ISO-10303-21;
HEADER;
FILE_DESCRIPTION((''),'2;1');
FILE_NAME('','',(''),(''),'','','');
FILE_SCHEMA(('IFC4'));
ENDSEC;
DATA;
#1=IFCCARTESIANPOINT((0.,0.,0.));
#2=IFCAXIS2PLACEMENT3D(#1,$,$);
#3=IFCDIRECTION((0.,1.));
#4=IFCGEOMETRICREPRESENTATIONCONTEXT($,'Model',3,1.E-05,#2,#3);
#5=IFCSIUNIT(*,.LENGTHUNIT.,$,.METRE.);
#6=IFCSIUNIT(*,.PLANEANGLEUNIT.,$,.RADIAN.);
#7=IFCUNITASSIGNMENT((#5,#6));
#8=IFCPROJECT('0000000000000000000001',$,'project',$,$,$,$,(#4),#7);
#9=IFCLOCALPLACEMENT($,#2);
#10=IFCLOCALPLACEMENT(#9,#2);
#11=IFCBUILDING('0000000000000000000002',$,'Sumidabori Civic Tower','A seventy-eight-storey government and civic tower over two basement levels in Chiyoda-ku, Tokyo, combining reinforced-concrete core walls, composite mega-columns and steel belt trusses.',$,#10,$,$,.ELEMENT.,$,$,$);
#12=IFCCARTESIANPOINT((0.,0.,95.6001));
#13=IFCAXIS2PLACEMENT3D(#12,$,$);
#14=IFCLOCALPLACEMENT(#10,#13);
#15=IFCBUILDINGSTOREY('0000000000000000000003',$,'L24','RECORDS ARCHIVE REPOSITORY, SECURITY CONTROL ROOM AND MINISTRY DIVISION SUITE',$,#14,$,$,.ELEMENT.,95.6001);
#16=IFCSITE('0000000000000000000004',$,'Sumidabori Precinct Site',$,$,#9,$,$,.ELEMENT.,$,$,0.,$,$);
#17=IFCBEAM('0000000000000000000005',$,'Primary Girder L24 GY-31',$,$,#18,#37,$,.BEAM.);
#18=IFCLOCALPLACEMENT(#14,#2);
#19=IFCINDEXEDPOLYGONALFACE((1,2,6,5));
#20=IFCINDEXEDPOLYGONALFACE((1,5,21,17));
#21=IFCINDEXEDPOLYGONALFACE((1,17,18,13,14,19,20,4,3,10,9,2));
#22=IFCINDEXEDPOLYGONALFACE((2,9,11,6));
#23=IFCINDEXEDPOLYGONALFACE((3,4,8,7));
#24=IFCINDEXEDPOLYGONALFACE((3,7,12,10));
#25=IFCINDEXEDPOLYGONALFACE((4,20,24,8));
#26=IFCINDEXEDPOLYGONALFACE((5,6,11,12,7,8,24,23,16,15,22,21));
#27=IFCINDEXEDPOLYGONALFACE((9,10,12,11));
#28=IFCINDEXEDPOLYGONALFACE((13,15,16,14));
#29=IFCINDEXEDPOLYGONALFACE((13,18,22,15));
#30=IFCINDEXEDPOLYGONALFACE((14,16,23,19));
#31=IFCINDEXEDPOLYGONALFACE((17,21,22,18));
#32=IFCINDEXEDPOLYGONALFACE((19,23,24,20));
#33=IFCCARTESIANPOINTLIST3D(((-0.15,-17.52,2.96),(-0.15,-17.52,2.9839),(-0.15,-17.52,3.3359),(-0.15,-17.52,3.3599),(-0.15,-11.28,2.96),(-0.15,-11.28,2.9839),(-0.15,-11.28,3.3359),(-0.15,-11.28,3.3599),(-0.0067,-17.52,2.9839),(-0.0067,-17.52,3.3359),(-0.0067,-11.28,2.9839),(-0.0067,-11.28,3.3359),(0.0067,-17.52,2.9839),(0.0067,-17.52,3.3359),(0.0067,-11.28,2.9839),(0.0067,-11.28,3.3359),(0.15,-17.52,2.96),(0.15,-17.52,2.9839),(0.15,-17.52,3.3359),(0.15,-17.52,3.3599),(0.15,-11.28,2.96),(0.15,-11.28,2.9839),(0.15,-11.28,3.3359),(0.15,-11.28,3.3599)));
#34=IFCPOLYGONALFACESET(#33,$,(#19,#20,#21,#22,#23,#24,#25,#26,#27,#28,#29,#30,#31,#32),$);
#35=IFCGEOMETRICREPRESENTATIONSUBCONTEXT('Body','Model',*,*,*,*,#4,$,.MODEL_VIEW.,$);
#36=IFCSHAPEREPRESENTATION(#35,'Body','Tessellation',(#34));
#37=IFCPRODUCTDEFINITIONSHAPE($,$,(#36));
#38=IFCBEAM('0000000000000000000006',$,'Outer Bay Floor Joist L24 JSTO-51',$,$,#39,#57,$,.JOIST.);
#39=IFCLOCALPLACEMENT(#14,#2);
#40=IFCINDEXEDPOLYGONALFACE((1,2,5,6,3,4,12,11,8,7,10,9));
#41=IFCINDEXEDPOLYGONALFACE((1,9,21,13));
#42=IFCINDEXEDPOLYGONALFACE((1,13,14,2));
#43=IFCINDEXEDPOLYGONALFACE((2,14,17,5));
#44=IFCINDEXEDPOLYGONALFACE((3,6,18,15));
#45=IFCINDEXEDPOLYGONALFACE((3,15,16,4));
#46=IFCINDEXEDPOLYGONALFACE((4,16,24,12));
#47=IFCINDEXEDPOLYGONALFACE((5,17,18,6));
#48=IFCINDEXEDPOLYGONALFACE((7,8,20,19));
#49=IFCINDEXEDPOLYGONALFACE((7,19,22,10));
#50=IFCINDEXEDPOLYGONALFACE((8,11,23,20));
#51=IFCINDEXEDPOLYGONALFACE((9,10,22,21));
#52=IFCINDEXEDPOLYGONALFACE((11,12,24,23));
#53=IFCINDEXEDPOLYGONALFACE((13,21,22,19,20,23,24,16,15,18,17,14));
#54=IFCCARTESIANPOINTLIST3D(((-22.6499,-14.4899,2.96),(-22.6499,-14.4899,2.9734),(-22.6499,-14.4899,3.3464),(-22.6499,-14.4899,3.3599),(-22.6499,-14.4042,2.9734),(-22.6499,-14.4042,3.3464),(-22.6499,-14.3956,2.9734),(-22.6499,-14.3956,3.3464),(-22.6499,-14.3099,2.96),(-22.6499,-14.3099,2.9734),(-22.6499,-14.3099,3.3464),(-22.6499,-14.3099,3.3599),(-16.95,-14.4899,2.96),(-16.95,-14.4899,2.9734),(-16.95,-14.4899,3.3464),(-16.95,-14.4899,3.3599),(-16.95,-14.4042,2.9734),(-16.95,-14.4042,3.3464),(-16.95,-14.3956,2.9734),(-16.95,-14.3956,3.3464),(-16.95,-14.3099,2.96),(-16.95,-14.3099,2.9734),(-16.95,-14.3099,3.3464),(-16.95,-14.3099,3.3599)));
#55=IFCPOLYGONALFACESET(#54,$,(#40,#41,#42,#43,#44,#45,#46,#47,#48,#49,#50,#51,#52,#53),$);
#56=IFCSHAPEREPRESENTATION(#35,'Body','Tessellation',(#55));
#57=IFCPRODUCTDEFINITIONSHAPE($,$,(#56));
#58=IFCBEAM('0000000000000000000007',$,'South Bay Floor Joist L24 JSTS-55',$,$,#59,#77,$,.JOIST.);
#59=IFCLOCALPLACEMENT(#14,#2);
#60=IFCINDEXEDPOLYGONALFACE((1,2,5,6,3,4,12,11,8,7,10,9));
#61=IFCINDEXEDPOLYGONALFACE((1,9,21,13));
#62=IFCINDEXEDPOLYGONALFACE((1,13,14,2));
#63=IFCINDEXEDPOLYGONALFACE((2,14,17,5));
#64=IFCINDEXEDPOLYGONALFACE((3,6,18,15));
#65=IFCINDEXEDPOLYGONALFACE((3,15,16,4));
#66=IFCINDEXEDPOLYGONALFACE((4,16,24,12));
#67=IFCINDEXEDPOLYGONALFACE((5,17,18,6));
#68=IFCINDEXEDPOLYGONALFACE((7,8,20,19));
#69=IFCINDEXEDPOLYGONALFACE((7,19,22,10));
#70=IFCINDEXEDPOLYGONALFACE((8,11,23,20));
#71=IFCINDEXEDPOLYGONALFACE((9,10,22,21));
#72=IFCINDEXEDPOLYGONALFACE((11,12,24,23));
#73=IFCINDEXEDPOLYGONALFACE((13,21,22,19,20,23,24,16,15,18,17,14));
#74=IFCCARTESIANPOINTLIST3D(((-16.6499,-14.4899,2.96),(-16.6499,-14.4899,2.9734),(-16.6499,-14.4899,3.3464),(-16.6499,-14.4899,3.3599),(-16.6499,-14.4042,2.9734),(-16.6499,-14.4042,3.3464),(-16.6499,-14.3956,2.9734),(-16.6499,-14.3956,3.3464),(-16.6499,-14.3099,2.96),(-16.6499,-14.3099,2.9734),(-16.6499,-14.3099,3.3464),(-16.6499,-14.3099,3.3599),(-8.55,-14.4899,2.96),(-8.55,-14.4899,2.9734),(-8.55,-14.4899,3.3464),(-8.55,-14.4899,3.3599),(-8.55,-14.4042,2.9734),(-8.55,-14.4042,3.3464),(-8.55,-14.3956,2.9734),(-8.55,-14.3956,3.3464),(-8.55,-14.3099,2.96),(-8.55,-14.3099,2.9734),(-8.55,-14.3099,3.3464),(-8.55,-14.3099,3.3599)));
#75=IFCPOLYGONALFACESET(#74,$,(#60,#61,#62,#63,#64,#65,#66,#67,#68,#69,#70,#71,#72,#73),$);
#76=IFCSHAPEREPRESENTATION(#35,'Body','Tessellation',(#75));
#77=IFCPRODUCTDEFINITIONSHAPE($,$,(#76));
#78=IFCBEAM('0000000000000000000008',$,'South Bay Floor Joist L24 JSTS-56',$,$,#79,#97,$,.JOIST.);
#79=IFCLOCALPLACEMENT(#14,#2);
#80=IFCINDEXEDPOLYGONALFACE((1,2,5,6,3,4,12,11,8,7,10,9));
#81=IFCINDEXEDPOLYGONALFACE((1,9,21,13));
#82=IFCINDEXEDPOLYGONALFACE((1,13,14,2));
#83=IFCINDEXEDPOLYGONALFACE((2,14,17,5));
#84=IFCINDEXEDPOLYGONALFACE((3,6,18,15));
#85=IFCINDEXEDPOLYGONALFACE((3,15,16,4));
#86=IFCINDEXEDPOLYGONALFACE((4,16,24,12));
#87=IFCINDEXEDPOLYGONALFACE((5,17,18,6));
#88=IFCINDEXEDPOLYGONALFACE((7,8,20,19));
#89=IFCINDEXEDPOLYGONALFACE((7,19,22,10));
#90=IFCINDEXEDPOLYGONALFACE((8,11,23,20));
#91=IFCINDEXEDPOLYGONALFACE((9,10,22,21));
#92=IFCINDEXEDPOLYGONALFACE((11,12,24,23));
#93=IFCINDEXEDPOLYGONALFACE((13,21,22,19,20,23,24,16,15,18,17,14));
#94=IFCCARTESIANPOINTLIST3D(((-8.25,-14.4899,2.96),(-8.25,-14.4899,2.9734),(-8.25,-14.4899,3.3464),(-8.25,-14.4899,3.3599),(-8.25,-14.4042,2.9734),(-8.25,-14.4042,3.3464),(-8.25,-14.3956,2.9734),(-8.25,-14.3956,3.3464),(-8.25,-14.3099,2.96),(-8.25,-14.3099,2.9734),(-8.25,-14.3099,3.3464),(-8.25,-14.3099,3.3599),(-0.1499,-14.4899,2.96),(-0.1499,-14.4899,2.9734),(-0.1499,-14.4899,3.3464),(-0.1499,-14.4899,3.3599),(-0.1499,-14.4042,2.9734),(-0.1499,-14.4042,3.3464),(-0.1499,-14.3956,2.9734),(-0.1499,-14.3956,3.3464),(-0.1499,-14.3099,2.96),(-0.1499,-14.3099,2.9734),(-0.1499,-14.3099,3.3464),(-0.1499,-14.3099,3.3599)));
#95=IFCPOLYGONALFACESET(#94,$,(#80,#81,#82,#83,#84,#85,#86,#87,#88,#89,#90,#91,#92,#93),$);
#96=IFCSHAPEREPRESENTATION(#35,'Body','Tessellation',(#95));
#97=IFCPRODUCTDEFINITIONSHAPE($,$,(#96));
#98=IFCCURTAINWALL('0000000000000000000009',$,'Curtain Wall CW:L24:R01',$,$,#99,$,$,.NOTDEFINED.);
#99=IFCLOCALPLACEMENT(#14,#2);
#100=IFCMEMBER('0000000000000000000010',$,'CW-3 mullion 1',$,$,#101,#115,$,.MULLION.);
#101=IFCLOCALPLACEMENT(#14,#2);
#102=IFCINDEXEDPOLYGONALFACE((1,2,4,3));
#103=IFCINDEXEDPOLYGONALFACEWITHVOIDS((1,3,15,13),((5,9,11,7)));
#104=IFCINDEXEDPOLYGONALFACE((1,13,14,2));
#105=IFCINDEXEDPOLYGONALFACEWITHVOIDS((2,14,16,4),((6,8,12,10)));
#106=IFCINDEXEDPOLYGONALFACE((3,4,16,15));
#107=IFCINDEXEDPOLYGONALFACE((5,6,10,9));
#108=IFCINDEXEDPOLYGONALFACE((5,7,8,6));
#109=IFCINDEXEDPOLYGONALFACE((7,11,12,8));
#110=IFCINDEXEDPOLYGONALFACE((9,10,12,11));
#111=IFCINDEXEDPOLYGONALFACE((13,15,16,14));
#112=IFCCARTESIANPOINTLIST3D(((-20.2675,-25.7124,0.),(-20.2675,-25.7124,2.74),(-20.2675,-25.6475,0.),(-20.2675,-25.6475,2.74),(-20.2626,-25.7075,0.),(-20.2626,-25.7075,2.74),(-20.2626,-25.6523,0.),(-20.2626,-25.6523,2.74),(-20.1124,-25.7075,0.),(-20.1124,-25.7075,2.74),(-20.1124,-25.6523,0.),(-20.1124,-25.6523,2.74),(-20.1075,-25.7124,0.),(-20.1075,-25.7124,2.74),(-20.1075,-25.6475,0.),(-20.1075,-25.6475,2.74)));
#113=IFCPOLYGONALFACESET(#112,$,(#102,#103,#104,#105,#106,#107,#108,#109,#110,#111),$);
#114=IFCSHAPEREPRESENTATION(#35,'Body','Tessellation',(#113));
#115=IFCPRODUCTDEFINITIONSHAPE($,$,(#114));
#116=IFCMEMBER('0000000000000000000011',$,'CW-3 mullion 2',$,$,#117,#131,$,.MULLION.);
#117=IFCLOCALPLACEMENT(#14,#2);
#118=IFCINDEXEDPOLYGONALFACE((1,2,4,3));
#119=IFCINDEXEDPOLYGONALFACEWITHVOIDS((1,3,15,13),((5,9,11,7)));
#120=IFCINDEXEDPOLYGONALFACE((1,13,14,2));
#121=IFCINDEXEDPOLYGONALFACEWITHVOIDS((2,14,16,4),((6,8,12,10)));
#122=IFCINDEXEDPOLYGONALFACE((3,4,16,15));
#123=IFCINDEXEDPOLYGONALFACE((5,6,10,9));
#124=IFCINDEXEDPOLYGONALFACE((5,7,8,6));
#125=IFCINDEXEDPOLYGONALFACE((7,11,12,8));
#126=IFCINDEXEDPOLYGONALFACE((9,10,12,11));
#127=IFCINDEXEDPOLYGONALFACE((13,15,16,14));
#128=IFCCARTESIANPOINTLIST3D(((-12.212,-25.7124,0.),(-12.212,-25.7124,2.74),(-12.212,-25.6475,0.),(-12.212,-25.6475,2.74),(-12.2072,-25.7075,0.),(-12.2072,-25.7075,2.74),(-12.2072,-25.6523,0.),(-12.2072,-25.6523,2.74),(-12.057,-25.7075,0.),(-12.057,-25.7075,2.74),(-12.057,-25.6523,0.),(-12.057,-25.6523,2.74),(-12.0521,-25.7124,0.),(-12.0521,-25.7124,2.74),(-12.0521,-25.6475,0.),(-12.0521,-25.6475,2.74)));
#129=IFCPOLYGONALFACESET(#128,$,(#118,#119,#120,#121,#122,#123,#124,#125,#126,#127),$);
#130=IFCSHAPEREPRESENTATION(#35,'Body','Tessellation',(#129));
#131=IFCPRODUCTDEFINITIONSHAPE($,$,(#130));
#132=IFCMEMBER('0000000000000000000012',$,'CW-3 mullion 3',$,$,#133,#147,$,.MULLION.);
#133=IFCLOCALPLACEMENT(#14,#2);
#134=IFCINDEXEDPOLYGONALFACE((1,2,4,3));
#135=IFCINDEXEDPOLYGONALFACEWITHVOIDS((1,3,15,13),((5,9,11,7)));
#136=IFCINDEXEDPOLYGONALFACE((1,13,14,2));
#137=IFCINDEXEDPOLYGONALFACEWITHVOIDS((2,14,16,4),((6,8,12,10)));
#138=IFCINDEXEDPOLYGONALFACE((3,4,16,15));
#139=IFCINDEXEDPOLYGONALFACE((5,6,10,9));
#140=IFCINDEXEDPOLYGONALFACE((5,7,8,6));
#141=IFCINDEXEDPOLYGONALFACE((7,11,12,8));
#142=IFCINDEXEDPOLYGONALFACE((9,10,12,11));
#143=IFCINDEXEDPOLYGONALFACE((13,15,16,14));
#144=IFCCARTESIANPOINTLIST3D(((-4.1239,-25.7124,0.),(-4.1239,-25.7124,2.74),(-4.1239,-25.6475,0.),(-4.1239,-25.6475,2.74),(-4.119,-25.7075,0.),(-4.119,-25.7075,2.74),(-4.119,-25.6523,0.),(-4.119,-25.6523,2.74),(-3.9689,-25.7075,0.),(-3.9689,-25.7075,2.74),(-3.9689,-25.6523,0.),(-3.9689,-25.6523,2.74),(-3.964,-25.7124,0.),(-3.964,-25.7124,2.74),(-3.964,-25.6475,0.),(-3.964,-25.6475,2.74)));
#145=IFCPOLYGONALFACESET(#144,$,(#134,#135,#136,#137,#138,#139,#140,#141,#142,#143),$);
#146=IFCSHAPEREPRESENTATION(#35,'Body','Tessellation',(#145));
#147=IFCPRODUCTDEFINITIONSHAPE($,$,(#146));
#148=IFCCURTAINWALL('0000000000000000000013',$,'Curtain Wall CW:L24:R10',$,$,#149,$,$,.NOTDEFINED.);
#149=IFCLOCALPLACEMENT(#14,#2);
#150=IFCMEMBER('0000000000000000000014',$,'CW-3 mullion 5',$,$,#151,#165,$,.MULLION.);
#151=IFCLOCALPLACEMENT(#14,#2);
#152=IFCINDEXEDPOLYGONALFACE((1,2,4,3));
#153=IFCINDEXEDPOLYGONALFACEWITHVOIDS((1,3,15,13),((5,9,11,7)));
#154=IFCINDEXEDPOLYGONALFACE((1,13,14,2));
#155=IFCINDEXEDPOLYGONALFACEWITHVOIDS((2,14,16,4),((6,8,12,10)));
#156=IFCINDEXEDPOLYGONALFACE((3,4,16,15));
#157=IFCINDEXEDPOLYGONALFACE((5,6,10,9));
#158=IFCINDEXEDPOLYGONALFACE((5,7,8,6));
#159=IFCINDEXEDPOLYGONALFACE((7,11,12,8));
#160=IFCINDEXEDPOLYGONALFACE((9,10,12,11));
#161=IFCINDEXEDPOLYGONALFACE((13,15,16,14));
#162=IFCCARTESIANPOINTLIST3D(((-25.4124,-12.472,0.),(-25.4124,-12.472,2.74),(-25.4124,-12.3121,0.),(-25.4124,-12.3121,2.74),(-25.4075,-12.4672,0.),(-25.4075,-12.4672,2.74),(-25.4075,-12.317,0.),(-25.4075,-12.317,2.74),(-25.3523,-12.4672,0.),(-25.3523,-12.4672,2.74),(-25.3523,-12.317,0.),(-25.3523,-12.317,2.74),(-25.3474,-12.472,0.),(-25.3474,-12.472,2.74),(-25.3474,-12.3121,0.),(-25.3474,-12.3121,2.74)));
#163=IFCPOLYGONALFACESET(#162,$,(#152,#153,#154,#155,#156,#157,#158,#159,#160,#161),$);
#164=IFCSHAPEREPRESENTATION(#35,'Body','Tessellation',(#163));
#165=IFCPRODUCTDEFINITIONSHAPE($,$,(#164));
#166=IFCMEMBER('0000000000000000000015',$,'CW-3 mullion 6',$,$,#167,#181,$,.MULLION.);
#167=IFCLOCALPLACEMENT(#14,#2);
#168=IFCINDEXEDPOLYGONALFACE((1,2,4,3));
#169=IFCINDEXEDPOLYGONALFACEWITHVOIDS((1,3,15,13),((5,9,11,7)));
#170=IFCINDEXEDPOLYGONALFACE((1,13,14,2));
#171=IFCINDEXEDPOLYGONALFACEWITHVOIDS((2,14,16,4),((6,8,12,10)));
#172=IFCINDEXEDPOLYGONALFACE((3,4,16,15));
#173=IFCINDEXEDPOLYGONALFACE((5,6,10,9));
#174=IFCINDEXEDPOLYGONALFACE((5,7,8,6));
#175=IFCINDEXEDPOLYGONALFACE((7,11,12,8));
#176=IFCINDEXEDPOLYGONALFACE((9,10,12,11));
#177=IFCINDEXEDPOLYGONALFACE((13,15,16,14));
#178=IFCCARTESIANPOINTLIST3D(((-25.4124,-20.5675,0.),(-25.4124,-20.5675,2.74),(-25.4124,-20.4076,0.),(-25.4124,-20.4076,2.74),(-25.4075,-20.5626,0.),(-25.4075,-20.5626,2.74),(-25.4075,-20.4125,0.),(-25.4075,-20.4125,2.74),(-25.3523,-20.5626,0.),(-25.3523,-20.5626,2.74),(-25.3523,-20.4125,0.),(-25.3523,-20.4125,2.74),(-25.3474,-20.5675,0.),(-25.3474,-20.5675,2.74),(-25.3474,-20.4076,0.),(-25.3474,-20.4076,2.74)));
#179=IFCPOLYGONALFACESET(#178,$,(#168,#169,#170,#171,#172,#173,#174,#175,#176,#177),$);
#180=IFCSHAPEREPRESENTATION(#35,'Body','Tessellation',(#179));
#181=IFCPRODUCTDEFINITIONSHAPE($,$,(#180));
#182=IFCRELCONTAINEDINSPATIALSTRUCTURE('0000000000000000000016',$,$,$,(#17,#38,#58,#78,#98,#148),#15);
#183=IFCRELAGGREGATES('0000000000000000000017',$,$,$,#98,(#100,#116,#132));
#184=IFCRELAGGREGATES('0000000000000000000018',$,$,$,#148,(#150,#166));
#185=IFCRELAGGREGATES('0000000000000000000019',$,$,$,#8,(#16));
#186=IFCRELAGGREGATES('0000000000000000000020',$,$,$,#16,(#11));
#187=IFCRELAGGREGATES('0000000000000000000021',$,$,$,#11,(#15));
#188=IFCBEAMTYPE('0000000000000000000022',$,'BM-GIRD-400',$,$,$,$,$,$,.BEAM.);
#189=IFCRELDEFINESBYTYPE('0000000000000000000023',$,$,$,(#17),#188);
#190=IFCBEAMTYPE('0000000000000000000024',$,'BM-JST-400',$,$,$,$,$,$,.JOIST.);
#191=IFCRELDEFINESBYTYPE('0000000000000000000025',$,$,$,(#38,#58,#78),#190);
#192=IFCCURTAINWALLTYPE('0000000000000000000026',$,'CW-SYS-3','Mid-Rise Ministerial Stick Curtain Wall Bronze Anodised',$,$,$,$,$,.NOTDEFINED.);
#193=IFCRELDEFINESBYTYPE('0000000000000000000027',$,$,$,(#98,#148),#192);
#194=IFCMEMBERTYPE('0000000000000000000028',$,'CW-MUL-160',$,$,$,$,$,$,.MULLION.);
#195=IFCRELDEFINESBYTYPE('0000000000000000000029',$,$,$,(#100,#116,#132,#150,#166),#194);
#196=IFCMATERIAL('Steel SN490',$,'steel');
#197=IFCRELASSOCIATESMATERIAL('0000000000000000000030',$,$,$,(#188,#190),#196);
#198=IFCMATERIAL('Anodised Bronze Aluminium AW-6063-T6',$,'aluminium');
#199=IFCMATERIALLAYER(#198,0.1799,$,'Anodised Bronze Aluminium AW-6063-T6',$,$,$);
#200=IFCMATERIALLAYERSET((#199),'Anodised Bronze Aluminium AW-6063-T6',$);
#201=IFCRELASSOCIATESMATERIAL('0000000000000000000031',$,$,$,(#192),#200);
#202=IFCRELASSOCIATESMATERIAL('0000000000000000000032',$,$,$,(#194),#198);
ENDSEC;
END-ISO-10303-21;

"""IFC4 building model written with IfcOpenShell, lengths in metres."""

from ifc_helpers import new_model, si_unit, direction, frame, origin, origin_2d, place, context, subcontext, project, spatial, hollow_rectangle, i_section, extrude, source, transform, mapped, material, layer, layer_set, material_profile, profile_set, type_object, element, aggregate, save


model = new_model("IFC4")

# Units and contexts
model_context = context("Model", 3, precision=1e-05, world=origin(), true_north=direction((0.0, 1.0)))
body_context = subcontext(model_context, "Body", "Model", "MODEL_VIEW")
ifc_project = project(units=[si_unit("LENGTHUNIT", "METRE"), si_unit("PLANEANGLEUNIT", "RADIAN")], contexts=[model_context])

# Site, building, storey
site_placement = place(None, origin())
site = spatial("IfcSite", under=ifc_project, at=site_placement, Name="Sumidabori Precinct Site", CompositionType="ELEMENT", RefElevation=0.0)
building_placement = place(site_placement, origin())
building = spatial("IfcBuilding", under=site, at=building_placement, Name="Sumidabori Civic Tower", Description="A seventy-eight-storey government and civic tower over two basement levels in Chiyoda-ku, Tokyo, combining reinforced-concrete core walls, composite mega-columns and steel belt trusses.", CompositionType="ELEMENT")
storey_placement = place(building_placement, frame((0.0, 0.0, 95.6001)))
storey = spatial("IfcBuildingStorey", under=building, at=storey_placement, Name="L24", Description="RECORDS ARCHIVE REPOSITORY, SECURITY CONTROL ROOM AND MINISTRY DIVISION SUITE", CompositionType="ELEMENT", Elevation=95.6001)

# Beams
ifc_material_1 = material(Name="Steel SN490", Category="steel")
ifc_material_profile_1 = material_profile(ifc_material_1, i_section(OverallWidth=0.3, OverallDepth=0.3999, WebThickness=0.0134, FlangeThickness=0.0239, at=origin_2d()), Name="HE 400 B")
ifc_profile_set_1 = profile_set([ifc_material_profile_1], Name="Steel SN490")
beam_type_1 = type_object("IfcBeamType", Name="BM-GIRD-400", PredefinedType="BEAM", material=ifc_profile_set_1)
shared_shape_1 = source(origin(), body_context, "Body", "SweptSolid", [
    extrude(i_section(OverallWidth=0.3, OverallDepth=0.3999, WebThickness=0.0134, FlangeThickness=0.0239, at=origin_2d()), origin(), (0.0, 0.0, 1.0), 6.24),
])
for number, where, z_axis, x_axis, name in (
    (1, (0.0, -17.52, 3.1599), (0.0, 1.0, 0.0), (-1.0, 0.0, 0.0), "Primary Girder L24 GY-31"),
):
    element("IfcBeam", number, at=place(storey_placement, frame(where, z_axis=z_axis, x_axis=x_axis)), inside=storey, type_object=beam_type_1, Name=name, PredefinedType="BEAM", context=body_context, shape_type="MappedRepresentation", body=[
        mapped(shared_shape_1, transform((0.0, 0.0, 0.0), x_axis=(1.0, 0.0, 0.0), y_axis=(0.0, 1.0, 0.0), z_axis=(0.0, 0.0, 1.0), scale=1.0)),
    ])
ifc_material_profile_2 = material_profile(ifc_material_1, i_section(OverallWidth=0.1799, OverallDepth=0.3999, WebThickness=0.0085, FlangeThickness=0.0134, at=origin_2d()), Name="IPE 400")
ifc_profile_set_2 = profile_set([ifc_material_profile_2], Name="Steel SN490")
beam_type_2 = type_object("IfcBeamType", Name="BM-JST-400", PredefinedType="JOIST", material=ifc_profile_set_2)
shared_shape_2 = source(origin(), body_context, "Body", "SweptSolid", [
    extrude(i_section(OverallWidth=0.1799, OverallDepth=0.3999, WebThickness=0.0085, FlangeThickness=0.0134, at=origin_2d()), origin(), (0.0, 0.0, 1.0), 5.7),
])
beam_1_placement = place(storey_placement, frame((-22.6499, -14.3999, 3.1599), z_axis=(1.0, 0.0, 0.0), x_axis=(0.0, 1.0, 0.0)))
element("IfcBeam", 2, at=beam_1_placement, inside=storey, type_object=beam_type_2, Name="Outer Bay Floor Joist L24 JSTO-51", PredefinedType="JOIST", context=body_context, shape_type="MappedRepresentation", body=[
    mapped(shared_shape_2, transform((0.0, 0.0, 0.0), x_axis=(1.0, 0.0, 0.0), y_axis=(0.0, 1.0, 0.0), z_axis=(0.0, 0.0, 1.0), scale=1.0)),
])
shared_shape_3 = source(origin(), body_context, "Body", "SweptSolid", [
    extrude(i_section(OverallWidth=0.1799, OverallDepth=0.3999, WebThickness=0.0085, FlangeThickness=0.0134, at=origin_2d()), origin(), (0.0, 0.0, 1.0), 8.0999),
])
beam_2_placement = place(storey_placement, frame((-16.6499, -14.3999, 3.1599), z_axis=(1.0, 0.0, 0.0), x_axis=(0.0, 1.0, 0.0)))
element("IfcBeam", 3, at=beam_2_placement, inside=storey, type_object=beam_type_2, Name="South Bay Floor Joist L24 JSTS-55", PredefinedType="JOIST", context=body_context, shape_type="MappedRepresentation", body=[
    mapped(shared_shape_3, transform((0.0, 0.0, 0.0), x_axis=(1.0, 0.0, 0.0), y_axis=(0.0, 1.0, 0.0), z_axis=(0.0, 0.0, 1.0), scale=1.0)),
])
shared_shape_4 = source(origin(), body_context, "Body", "SweptSolid", [
    extrude(i_section(OverallWidth=0.1799, OverallDepth=0.3999, WebThickness=0.0085, FlangeThickness=0.0134, at=origin_2d()), origin(), (0.0, 0.0, 1.0), 8.1001),
])
beam_3_placement = place(storey_placement, frame((-8.25, -14.3999, 3.1599), z_axis=(1.0, 0.0, 0.0), x_axis=(0.0, 1.0, 0.0)))
element("IfcBeam", 4, at=beam_3_placement, inside=storey, type_object=beam_type_2, Name="South Bay Floor Joist L24 JSTS-56", PredefinedType="JOIST", context=body_context, shape_type="MappedRepresentation", body=[
    mapped(shared_shape_4, transform((0.0, 0.0, 0.0), x_axis=(1.0, 0.0, 0.0), y_axis=(0.0, 1.0, 0.0), z_axis=(0.0, 0.0, 1.0), scale=1.0)),
])

# Curtain walls, members
ifc_material_2 = material(Name="Anodised Bronze Aluminium AW-6063-T6", Category="aluminium")
ifc_layer_1 = layer(ifc_material_2, 0.1799, Name="Anodised Bronze Aluminium AW-6063-T6")
ifc_layer_set_1 = layer_set([ifc_layer_1], Name="Anodised Bronze Aluminium AW-6063-T6")
curtain_wall_type = type_object("IfcCurtainWallType", Name="CW-SYS-3", Description="Mid-Rise Ministerial Stick Curtain Wall Bronze Anodised", PredefinedType="NOTDEFINED", material=ifc_layer_set_1)
curtain_wall_1_placement = place(storey_placement, origin())
curtain_wall_1 = element("IfcCurtainWall", 5, at=curtain_wall_1_placement, inside=storey, type_object=curtain_wall_type, Name="Curtain Wall CW:L24:R01", PredefinedType="NOTDEFINED")
ifc_material_profile_3 = material_profile(ifc_material_2, hollow_rectangle(XDim=0.0649, YDim=0.1599, WallThickness=0.0049, at=origin_2d()), Name="ALU MULLION 160x65")
ifc_profile_set_3 = profile_set([ifc_material_profile_3], Name="Anodised Bronze Aluminium AW-6063-T6")
member_type_1 = type_object("IfcMemberType", Name="CW-MUL-160", PredefinedType="MULLION", material=ifc_profile_set_3)
shared_shape_5 = source(origin(), body_context, "Body", "SweptSolid", [
    extrude(hollow_rectangle(XDim=0.0649, YDim=0.1599, WallThickness=0.0049, at=origin_2d()), origin(), (0.0, 0.0, 1.0), 2.74),
])
member_1_placement = place(storey_placement, frame((-20.1875, -25.6799, 0.0), z_axis=(0.0, 0.0, 1.0), x_axis=(0.0, 1.0, 0.0)))
member_1 = element("IfcMember", 6, at=member_1_placement, type_object=member_type_1, Name="CW-3 mullion 1", PredefinedType="MULLION", context=body_context, shape_type="MappedRepresentation", body=[
    mapped(shared_shape_5, transform((0.0, 0.0, 0.0), x_axis=(1.0, 0.0, 0.0), y_axis=(0.0, 1.0, 0.0), z_axis=(0.0, 0.0, 1.0), scale=1.0)),
])
member_2_placement = place(storey_placement, frame((-12.1321, -25.6799, 0.0), z_axis=(0.0, 0.0, 1.0), x_axis=(0.0, 1.0, 0.0)))
member_2 = element("IfcMember", 7, at=member_2_placement, type_object=member_type_1, Name="CW-3 mullion 2", PredefinedType="MULLION", context=body_context, shape_type="MappedRepresentation", body=[
    mapped(shared_shape_5, transform((0.0, 0.0, 0.0), x_axis=(1.0, 0.0, 0.0), y_axis=(0.0, 1.0, 0.0), z_axis=(0.0, 0.0, 1.0), scale=1.0)),
])
member_3_placement = place(storey_placement, frame((-4.0439, -25.6799, 0.0), z_axis=(0.0, 0.0, 1.0), x_axis=(0.0, 1.0, 0.0)))
member_3 = element("IfcMember", 8, at=member_3_placement, type_object=member_type_1, Name="CW-3 mullion 3", PredefinedType="MULLION", context=body_context, shape_type="MappedRepresentation", body=[
    mapped(shared_shape_5, transform((0.0, 0.0, 0.0), x_axis=(1.0, 0.0, 0.0), y_axis=(0.0, 1.0, 0.0), z_axis=(0.0, 0.0, 1.0), scale=1.0)),
])
curtain_wall_2_placement = place(storey_placement, origin())
curtain_wall_2 = element("IfcCurtainWall", 9, at=curtain_wall_2_placement, inside=storey, type_object=curtain_wall_type, Name="Curtain Wall CW:L24:R10", PredefinedType="NOTDEFINED")
member_4_placement = place(storey_placement, frame((-25.3799, -12.3921, 0.0), z_axis=(0.0, 0.0, 1.0), x_axis=(1.0, 0.0, 0.0)))
member_4 = element("IfcMember", 10, at=member_4_placement, type_object=member_type_1, Name="CW-3 mullion 5", PredefinedType="MULLION", context=body_context, shape_type="MappedRepresentation", body=[
    mapped(shared_shape_5, transform((0.0, 0.0, 0.0), x_axis=(1.0, 0.0, 0.0), y_axis=(0.0, 1.0, 0.0), z_axis=(0.0, 0.0, 1.0), scale=1.0)),
])
member_5_placement = place(storey_placement, frame((-25.3799, -20.4875, 0.0), z_axis=(0.0, 0.0, 1.0), x_axis=(1.0, 0.0, 0.0)))
member_5 = element("IfcMember", 11, at=member_5_placement, type_object=member_type_1, Name="CW-3 mullion 6", PredefinedType="MULLION", context=body_context, shape_type="MappedRepresentation", body=[
    mapped(shared_shape_5, transform((0.0, 0.0, 0.0), x_axis=(1.0, 0.0, 0.0), y_axis=(0.0, 1.0, 0.0), z_axis=(0.0, 0.0, 1.0), scale=1.0)),
])

aggregate(curtain_wall_1, [member_1, member_2, member_3])
aggregate(curtain_wall_2, [member_4, member_5])

save(model, "model.ifc")
